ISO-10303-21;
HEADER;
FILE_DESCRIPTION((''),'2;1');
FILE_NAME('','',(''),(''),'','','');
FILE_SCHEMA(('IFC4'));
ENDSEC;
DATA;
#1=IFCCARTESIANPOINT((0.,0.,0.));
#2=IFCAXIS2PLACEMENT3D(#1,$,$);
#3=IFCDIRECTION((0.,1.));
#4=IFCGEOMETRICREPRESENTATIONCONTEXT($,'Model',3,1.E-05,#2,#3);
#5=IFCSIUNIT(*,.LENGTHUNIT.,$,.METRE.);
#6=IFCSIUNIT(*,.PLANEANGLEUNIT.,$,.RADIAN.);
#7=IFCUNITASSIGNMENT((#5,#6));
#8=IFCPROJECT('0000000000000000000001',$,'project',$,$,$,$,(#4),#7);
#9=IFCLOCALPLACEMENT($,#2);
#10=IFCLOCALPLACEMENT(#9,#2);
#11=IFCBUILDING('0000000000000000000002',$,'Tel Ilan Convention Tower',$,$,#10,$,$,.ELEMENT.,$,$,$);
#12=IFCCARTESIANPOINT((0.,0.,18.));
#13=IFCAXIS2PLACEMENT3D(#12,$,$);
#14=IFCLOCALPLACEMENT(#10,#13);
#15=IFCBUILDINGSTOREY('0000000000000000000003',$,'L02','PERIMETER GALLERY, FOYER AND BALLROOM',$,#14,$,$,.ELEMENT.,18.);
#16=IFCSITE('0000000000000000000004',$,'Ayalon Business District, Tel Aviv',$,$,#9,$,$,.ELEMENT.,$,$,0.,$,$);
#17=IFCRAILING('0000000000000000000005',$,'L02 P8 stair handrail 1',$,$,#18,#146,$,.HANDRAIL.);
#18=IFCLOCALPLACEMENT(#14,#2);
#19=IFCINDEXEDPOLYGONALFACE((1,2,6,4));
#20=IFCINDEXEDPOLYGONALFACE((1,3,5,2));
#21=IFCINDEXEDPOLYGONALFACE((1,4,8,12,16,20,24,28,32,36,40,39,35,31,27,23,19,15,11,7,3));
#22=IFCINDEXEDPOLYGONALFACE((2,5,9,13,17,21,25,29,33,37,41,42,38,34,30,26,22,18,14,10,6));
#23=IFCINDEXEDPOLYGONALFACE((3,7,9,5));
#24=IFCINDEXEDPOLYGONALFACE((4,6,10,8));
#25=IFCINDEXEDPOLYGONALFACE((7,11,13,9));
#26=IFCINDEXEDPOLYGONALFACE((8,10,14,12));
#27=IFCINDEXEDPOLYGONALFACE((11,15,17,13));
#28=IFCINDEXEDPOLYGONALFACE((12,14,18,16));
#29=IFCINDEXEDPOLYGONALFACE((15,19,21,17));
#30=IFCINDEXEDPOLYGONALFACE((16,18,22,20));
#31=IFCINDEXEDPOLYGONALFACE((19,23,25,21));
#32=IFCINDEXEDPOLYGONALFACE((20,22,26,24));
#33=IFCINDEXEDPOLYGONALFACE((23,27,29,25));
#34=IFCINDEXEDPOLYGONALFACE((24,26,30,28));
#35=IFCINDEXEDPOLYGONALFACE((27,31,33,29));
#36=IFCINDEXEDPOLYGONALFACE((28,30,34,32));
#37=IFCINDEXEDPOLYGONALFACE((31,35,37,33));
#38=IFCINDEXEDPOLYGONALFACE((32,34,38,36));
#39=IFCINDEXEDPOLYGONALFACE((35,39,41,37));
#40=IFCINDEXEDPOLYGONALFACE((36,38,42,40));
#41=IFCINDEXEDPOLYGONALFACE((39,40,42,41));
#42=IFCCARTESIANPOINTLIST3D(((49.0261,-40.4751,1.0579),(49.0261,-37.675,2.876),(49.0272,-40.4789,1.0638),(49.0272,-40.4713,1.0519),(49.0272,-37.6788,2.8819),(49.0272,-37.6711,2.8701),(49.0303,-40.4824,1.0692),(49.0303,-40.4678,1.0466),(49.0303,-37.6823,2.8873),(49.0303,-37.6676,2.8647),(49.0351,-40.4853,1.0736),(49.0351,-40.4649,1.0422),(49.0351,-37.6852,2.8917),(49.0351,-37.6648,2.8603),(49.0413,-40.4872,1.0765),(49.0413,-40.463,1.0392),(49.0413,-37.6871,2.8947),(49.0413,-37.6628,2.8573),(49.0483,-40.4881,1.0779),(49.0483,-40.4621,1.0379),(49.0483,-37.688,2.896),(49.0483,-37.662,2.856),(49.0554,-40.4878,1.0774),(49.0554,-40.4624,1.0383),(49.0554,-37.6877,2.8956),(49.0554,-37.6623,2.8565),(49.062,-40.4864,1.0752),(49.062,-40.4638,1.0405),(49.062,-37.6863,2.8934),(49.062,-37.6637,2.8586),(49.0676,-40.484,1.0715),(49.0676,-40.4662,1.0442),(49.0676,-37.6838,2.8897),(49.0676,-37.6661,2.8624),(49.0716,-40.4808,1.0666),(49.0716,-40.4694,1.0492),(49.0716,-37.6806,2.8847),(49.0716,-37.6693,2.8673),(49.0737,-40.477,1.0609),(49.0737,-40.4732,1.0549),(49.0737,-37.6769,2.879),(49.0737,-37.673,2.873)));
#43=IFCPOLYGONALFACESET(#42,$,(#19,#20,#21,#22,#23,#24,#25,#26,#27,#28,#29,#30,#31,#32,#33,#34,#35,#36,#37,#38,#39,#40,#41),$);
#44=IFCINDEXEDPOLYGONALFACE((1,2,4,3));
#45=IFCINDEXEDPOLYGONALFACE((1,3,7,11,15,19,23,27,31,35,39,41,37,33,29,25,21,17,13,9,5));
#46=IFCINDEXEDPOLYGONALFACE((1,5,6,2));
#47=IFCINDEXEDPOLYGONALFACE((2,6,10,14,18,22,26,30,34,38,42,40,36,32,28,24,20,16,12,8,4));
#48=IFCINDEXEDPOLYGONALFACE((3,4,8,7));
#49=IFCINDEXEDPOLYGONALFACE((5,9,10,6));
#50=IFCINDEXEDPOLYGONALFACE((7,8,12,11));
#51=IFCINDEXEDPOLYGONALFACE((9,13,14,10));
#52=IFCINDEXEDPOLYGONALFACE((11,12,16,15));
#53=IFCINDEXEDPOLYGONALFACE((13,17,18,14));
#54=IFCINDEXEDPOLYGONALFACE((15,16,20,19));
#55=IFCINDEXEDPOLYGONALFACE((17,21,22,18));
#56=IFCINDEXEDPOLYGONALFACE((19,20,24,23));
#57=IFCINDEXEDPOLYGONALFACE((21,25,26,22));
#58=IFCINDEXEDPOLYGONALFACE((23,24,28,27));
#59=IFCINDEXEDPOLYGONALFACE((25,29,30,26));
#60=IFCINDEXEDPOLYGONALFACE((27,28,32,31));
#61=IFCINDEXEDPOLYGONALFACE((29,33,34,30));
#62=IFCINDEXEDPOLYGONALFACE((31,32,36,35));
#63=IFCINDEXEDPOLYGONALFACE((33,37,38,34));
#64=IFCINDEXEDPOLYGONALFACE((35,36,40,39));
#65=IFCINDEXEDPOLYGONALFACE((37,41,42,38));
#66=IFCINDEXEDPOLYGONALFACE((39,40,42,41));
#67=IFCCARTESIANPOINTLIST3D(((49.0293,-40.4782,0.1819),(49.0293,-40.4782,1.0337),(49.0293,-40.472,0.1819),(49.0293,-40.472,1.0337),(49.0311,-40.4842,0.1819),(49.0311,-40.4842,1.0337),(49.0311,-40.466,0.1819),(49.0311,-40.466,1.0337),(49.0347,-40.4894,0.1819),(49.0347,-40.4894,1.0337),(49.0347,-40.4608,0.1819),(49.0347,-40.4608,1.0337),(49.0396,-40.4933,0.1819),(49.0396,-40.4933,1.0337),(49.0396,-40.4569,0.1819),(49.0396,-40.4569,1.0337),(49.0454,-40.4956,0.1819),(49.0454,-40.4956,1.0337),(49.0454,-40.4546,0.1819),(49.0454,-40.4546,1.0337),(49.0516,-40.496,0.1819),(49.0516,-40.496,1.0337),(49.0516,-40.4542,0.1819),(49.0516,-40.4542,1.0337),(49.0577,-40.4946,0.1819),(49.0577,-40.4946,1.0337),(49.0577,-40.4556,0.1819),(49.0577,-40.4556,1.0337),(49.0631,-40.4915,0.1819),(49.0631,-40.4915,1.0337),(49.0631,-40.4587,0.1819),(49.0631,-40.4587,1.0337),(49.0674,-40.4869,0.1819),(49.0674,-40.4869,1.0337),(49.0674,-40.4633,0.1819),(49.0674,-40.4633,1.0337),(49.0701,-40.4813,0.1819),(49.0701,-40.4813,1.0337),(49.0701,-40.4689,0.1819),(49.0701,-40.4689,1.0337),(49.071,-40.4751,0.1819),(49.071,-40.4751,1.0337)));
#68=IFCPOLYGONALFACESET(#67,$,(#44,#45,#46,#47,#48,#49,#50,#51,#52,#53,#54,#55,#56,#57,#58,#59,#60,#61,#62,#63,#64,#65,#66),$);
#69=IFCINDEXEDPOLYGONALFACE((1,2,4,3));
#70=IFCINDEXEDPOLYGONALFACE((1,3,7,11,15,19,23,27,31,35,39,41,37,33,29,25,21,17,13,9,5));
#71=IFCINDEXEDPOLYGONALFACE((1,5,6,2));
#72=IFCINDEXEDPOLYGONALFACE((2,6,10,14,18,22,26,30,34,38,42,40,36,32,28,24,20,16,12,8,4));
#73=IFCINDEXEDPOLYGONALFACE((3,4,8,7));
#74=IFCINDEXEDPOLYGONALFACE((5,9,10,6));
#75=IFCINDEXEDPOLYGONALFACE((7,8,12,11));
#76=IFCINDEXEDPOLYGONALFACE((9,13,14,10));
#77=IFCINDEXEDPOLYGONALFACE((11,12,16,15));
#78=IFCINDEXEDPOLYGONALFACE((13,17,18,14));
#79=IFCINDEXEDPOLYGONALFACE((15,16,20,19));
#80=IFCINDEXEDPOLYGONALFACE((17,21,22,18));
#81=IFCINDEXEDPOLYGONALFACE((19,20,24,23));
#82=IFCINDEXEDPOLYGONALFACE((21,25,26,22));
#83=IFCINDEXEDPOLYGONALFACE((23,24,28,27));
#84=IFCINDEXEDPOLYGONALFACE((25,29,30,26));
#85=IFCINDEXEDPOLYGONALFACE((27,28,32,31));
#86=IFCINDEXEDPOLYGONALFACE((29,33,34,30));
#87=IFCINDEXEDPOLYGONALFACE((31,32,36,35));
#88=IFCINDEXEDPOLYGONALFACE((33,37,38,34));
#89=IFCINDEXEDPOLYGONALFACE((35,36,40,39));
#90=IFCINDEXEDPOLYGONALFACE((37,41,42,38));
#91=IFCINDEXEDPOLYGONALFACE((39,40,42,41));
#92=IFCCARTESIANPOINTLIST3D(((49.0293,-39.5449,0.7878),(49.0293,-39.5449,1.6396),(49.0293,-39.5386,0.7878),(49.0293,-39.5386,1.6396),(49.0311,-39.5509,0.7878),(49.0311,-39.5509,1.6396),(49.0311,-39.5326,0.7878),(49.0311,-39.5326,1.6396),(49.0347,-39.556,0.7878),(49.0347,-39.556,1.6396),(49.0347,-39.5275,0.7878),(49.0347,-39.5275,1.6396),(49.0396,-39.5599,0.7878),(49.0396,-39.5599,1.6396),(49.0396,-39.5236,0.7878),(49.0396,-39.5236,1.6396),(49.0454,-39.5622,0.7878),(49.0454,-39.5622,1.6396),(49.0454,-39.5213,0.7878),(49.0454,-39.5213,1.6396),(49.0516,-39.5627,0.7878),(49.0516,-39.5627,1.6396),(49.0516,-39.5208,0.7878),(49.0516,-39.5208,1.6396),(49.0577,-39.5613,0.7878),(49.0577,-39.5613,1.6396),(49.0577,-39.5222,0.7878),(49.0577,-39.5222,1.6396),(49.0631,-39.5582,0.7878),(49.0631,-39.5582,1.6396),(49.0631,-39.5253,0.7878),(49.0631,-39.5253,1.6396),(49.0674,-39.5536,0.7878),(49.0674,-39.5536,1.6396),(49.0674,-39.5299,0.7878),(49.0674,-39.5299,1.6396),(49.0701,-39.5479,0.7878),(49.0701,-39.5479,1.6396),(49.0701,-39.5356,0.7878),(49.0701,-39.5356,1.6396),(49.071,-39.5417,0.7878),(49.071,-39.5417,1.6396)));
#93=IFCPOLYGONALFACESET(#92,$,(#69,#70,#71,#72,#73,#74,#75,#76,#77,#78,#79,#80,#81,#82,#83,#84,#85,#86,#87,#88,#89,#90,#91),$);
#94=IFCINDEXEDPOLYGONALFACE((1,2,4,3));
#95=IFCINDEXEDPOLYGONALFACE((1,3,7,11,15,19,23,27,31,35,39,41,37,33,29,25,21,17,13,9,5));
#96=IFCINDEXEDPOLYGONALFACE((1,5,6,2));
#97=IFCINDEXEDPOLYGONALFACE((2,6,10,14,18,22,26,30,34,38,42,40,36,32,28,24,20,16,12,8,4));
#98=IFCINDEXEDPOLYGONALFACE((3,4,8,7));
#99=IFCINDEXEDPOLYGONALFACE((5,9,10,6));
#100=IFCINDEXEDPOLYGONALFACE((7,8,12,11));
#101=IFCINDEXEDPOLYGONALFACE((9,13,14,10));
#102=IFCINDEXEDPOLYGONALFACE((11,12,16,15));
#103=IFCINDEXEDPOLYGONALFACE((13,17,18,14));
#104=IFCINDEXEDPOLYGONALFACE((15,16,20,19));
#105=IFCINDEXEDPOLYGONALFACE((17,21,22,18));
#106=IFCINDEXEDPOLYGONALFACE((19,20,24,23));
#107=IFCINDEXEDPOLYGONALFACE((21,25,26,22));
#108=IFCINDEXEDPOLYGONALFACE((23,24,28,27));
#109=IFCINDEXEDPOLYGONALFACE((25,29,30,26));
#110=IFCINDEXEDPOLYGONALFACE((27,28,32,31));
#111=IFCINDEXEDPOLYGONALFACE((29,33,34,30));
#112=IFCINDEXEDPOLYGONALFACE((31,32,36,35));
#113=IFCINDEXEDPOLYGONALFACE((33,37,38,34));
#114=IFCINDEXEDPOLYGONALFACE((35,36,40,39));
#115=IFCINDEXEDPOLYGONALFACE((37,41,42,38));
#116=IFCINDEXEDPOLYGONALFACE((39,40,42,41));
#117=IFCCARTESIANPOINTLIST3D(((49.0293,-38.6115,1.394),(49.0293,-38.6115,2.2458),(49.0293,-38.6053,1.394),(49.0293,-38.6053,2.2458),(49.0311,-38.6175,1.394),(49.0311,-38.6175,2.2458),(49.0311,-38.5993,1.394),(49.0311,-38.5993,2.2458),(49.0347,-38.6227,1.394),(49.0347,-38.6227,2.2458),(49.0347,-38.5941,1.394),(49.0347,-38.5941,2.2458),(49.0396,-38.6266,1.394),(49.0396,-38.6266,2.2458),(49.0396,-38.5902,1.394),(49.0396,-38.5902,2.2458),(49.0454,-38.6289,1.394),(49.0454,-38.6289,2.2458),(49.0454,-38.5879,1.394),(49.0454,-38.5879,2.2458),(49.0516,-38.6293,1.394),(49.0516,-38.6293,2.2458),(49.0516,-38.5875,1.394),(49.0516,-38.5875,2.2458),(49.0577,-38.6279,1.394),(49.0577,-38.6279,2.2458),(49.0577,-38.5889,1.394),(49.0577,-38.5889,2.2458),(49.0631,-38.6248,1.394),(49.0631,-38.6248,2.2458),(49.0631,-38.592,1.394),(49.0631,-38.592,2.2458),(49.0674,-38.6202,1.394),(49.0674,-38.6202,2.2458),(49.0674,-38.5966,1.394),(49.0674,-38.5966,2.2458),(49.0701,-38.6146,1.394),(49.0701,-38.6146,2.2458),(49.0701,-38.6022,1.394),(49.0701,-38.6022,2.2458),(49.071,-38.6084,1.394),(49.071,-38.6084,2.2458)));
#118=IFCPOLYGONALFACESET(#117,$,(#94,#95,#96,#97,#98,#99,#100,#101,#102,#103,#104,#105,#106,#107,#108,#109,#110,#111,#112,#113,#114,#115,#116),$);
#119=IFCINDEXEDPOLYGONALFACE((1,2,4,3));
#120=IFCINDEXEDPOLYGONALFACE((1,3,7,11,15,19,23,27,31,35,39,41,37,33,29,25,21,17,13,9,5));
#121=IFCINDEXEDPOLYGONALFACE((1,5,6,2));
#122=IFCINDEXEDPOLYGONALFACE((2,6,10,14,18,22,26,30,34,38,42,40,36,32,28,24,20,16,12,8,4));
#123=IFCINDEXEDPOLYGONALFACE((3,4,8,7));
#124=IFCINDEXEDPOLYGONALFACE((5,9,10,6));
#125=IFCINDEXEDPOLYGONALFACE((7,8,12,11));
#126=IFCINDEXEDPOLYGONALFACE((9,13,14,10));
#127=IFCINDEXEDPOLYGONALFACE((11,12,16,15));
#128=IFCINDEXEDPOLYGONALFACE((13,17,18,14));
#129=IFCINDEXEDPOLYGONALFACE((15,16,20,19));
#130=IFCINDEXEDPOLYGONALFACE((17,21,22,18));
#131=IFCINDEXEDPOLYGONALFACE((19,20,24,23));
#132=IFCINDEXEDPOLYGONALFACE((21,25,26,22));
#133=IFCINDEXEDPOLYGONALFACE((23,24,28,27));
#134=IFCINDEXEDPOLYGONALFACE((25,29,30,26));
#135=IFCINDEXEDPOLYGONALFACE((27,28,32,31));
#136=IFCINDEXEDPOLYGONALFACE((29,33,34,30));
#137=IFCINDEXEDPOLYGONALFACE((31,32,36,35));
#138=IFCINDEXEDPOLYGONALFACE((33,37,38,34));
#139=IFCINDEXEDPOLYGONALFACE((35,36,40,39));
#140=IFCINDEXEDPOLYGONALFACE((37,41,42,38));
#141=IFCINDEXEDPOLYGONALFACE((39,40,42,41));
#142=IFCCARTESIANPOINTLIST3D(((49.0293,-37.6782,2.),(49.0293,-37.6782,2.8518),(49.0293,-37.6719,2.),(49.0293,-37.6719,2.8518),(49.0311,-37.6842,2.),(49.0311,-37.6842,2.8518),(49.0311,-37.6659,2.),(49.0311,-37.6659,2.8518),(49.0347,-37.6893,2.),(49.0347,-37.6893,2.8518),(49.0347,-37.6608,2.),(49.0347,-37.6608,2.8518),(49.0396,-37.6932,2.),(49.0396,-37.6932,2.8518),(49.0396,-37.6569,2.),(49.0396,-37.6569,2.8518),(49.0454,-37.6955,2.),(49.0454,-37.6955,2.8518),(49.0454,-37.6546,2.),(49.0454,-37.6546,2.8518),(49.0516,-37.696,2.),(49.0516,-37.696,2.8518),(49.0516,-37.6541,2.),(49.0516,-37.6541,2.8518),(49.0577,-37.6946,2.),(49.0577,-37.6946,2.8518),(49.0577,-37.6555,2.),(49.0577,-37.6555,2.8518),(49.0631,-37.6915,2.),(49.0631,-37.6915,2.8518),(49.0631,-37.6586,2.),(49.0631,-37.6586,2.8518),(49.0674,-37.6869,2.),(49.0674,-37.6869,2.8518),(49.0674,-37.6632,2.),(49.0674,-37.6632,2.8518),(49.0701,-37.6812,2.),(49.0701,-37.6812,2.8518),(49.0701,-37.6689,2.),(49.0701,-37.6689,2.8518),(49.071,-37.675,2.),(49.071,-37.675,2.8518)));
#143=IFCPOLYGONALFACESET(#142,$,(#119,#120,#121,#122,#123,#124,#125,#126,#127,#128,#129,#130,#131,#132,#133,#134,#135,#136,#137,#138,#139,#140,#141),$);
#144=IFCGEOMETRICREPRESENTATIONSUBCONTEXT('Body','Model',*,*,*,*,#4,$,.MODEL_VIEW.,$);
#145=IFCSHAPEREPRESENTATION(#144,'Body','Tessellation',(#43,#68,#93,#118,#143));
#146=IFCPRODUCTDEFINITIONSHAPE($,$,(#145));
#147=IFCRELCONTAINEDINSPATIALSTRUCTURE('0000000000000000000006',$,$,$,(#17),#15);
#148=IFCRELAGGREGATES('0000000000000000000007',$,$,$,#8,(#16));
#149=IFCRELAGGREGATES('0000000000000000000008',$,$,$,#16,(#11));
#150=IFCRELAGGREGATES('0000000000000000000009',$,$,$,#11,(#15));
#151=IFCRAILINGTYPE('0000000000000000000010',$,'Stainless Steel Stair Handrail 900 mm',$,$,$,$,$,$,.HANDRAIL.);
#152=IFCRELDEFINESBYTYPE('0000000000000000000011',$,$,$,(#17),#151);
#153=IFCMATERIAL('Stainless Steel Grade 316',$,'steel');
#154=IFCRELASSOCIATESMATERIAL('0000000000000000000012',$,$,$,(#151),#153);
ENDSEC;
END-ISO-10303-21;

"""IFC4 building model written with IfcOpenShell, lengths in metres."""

from ifc_helpers import new_model, si_unit, direction, frame, origin, origin_2d, place, context, subcontext, project, spatial, circle, extrude, material, type_object, element, save


model = new_model("IFC4")

# Units and contexts
model_context = context("Model", 3, precision=1e-05, world=origin(), true_north=direction((0.0, 1.0)))
body_context = subcontext(model_context, "Body", "Model", "MODEL_VIEW")
ifc_project = project(units=[si_unit("LENGTHUNIT", "METRE"), si_unit("PLANEANGLEUNIT", "RADIAN")], contexts=[model_context])

# Site, building, storey
site_placement = place(None, origin())
site = spatial("IfcSite", under=ifc_project, at=site_placement, Name="Ayalon Business District, Tel Aviv", CompositionType="ELEMENT", RefElevation=0.0)
building_placement = place(site_placement, origin())
building = spatial("IfcBuilding", under=site, at=building_placement, Name="Tel Ilan Convention Tower", CompositionType="ELEMENT")
storey_placement = place(building_placement, frame((0.0, 0.0, 18.0)))
storey = spatial("IfcBuildingStorey", under=building, at=storey_placement, Name="L02", Description="PERIMETER GALLERY, FOYER AND BALLROOM", CompositionType="ELEMENT", Elevation=18.0)

# Railing
ifc_material_1 = material(Name="Stainless Steel Grade 316", Category="steel")
railing_type_1 = type_object("IfcRailingType", Name="Stainless Steel Stair Handrail 900 mm", PredefinedType="HANDRAIL", material=ifc_material_1)
railing_1_placement = place(storey_placement, frame((49.05, -40.4751, 0.1819)))
element("IfcRailing", 1, at=railing_1_placement, inside=storey, type_object=railing_type_1, Name="L02 P8 stair handrail 1", PredefinedType="HANDRAIL", context=body_context, shape_type="SweptSolid", body=[
    extrude(circle(Radius=0.0239, at=origin_2d()), frame((0.0, 0.0, 0.876), z_axis=(0.0, 0.838706, 0.544585), x_axis=(-1.0, 0.0, 0.0)), (0.0, 0.0, 1.0), 3.3386),
    extrude(circle(Radius=0.021, at=origin_2d()), origin(), (0.0, 0.0, 1.0), 0.8518),
    extrude(circle(Radius=0.021, at=origin_2d()), frame((0.0, 0.9333, 0.606)), (0.0, 0.0, 1.0), 0.8518),
    extrude(circle(Radius=0.021, at=origin_2d()), frame((0.0, 1.8667, 1.2122)), (0.0, 0.0, 1.0), 0.8518),
    extrude(circle(Radius=0.021, at=origin_2d()), frame((0.0, 2.8, 1.8181)), (0.0, 0.0, 1.0), 0.8518),
])

save(model, "model.ifc")
